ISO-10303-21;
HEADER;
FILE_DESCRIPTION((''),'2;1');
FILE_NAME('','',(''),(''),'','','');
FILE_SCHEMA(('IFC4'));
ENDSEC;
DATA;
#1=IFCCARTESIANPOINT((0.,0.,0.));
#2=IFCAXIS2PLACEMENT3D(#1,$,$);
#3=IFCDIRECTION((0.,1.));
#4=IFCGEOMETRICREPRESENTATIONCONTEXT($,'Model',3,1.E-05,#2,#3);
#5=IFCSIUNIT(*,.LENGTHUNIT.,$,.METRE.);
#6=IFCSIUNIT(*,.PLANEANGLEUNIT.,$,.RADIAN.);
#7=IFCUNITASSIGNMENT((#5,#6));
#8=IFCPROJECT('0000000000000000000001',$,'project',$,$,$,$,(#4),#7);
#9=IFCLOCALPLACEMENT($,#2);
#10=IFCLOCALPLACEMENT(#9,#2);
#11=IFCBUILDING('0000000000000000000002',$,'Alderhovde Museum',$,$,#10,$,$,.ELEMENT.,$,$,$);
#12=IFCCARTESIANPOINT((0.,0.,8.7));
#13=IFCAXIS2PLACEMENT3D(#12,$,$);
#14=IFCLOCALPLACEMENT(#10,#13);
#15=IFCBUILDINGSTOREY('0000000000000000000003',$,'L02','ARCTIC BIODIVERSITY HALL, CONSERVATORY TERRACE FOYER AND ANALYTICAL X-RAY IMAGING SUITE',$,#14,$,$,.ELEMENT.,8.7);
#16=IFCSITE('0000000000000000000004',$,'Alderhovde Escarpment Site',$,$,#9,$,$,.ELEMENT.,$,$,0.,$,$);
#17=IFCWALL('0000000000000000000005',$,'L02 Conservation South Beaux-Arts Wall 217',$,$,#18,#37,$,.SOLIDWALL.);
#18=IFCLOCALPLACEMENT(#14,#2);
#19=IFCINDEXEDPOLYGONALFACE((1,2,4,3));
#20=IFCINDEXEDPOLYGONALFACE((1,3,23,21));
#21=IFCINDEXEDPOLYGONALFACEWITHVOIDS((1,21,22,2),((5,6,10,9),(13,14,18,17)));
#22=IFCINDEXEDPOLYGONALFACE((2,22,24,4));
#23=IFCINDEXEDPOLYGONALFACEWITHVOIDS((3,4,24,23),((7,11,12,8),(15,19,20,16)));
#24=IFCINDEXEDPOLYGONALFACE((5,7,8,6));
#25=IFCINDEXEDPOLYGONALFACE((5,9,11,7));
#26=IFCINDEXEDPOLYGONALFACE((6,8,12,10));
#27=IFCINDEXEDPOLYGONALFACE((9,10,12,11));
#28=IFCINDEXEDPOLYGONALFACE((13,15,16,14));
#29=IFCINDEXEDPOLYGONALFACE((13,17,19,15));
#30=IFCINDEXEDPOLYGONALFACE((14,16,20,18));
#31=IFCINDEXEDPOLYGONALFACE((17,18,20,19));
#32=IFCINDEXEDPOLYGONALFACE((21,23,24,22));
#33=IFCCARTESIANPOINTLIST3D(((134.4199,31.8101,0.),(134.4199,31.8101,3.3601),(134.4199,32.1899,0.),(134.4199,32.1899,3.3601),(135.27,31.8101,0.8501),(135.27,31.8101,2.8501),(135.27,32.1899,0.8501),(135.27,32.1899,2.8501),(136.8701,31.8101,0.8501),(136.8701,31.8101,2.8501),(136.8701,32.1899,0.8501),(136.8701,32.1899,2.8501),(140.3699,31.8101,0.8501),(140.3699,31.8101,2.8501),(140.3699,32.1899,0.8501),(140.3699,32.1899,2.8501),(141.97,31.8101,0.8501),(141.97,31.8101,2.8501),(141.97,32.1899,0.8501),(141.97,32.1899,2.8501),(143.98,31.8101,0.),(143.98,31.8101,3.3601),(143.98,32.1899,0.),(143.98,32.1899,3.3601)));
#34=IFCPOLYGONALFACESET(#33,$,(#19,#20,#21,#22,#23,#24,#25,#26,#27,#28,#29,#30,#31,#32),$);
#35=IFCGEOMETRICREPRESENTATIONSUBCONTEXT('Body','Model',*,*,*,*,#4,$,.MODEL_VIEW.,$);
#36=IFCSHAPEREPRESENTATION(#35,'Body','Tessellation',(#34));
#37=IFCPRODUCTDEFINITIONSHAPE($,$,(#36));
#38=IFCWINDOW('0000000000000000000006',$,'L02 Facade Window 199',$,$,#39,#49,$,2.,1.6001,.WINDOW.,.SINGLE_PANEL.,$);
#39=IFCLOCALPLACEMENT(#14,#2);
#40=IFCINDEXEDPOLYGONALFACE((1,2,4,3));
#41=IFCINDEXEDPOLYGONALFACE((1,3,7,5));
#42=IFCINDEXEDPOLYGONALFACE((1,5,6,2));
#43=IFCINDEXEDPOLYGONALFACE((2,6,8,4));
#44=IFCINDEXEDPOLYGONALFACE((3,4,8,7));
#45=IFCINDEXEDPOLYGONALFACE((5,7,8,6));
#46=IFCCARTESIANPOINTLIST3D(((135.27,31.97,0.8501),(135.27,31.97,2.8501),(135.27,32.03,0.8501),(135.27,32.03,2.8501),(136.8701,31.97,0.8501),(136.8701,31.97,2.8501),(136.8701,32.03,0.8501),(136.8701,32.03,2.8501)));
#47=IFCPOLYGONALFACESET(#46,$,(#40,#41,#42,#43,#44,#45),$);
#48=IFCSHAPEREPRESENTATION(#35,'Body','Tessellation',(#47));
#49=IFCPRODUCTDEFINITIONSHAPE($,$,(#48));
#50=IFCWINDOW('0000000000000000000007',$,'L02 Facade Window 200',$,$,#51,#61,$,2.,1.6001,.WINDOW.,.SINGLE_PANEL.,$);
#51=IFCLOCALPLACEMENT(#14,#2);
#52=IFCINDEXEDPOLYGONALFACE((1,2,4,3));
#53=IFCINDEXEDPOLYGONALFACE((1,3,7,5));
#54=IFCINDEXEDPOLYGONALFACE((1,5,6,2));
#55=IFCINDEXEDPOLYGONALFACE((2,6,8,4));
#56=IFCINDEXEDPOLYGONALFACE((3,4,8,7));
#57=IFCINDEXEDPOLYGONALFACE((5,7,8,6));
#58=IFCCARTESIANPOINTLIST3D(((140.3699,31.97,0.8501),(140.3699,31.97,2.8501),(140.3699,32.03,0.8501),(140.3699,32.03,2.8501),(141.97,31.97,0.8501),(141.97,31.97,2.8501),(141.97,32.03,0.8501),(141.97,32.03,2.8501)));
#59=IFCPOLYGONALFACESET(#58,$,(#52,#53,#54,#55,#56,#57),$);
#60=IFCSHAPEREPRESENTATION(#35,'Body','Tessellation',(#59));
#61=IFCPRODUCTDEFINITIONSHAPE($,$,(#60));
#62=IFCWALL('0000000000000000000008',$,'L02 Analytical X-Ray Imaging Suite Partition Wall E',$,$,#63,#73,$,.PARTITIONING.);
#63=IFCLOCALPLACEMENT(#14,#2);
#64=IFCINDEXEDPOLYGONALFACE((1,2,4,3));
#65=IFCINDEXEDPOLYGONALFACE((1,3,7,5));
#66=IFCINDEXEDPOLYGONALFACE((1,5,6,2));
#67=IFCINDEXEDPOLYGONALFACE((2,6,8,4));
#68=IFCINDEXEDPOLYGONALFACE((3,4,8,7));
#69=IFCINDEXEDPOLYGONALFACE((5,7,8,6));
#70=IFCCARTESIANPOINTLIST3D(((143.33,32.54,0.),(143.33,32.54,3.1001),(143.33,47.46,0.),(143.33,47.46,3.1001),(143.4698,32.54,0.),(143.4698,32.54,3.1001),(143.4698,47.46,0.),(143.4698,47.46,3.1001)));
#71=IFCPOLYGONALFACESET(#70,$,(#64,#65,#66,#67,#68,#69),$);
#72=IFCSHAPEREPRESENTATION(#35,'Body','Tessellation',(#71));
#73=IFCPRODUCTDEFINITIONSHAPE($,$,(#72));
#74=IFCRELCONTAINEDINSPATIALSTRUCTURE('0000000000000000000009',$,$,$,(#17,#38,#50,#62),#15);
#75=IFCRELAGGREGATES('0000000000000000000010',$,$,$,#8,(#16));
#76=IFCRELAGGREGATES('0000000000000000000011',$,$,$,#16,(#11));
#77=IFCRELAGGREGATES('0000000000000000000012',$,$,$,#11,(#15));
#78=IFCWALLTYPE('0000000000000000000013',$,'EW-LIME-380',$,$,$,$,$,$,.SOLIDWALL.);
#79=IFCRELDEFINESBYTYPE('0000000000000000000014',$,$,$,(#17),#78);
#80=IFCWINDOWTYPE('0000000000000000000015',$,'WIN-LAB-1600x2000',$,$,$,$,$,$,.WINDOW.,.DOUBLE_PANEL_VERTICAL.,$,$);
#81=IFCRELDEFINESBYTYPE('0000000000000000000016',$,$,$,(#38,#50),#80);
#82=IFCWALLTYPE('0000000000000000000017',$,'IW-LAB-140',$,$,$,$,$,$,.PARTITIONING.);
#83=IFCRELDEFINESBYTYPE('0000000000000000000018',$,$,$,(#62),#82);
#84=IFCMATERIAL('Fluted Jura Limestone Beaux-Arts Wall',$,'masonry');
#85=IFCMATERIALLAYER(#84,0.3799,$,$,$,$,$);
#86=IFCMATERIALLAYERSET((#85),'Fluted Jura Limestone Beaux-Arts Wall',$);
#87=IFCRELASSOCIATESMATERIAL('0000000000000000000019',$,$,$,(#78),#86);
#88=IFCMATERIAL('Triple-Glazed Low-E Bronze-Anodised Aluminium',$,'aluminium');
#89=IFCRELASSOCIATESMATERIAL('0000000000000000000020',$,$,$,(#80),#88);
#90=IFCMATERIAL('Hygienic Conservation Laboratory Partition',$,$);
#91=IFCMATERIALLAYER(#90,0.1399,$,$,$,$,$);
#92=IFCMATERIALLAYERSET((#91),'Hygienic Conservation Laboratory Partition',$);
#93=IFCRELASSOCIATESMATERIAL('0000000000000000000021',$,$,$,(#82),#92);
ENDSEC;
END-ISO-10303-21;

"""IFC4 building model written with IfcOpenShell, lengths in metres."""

from ifc_helpers import new_model, si_unit, direction, frame, frame_2d, origin, place, context, subcontext, project, spatial, rectangle, extrude, material, layer, layer_set, type_object, element, fill, save


model = new_model("IFC4")

# Units and contexts
model_context = context("Model", 3, precision=1e-05, world=origin(), true_north=direction((0.0, 1.0)))
body_context = subcontext(model_context, "Body", "Model", "MODEL_VIEW")
ifc_project = project(units=[si_unit("LENGTHUNIT", "METRE"), si_unit("PLANEANGLEUNIT", "RADIAN")], contexts=[model_context])

# Site, building, storey
site_placement = place(None, origin())
site = spatial("IfcSite", under=ifc_project, at=site_placement, Name="Alderhovde Escarpment Site", CompositionType="ELEMENT", RefElevation=0.0)
building_placement = place(site_placement, origin())
building = spatial("IfcBuilding", under=site, at=building_placement, Name="Alderhovde Museum", CompositionType="ELEMENT")
storey_placement = place(building_placement, frame((0.0, 0.0, 8.7)))
storey = spatial("IfcBuildingStorey", under=building, at=storey_placement, Name="L02", Description="ARCTIC BIODIVERSITY HALL, CONSERVATORY TERRACE FOYER AND ANALYTICAL X-RAY IMAGING SUITE", CompositionType="ELEMENT", Elevation=8.7)

# Wall, openings, windows
ifc_material_1 = material(Name="Fluted Jura Limestone Beaux-Arts Wall", Category="masonry")
ifc_layer_1 = layer(ifc_material_1, 0.3799)
ifc_layer_set_1 = layer_set([ifc_layer_1], Name="Fluted Jura Limestone Beaux-Arts Wall")
wall_type_1 = type_object("IfcWallType", Name="EW-LIME-380", PredefinedType="SOLIDWALL", material=ifc_layer_set_1)
wall_1_placement = place(storey_placement, frame((134.4199, 32.0, 0.0), z_axis=(0.0, 0.0, 1.0), x_axis=(1.0, 0.0, 0.0)))
wall_1 = element("IfcWall", 1, at=wall_1_placement, inside=storey, type_object=wall_type_1, Name="L02 Conservation South Beaux-Arts Wall 217", PredefinedType="SOLIDWALL", context=body_context, shape_type="SweptSolid", body=[
    extrude(rectangle(XDim=9.5601, YDim=0.3799, at=frame_2d((4.78, 0.0))), origin(), (0.0, 0.0, 1.0), 3.3601),
])
opening_1_placement = place(wall_1_placement, frame((0.8501, 0.0, 0.8501)))
opening_1 = element("IfcOpeningElement", 2, at=opening_1_placement, cuts=wall_1, PredefinedType="OPENING", context=body_context, shape_type="SweptSolid", body=[
    extrude(rectangle(XDim=1.6001, YDim=2.0, at=frame_2d((0.8, 1.0))), frame((0.0, 0.2, 0.0), z_axis=(0.0, -1.0, 0.0), x_axis=(1.0, 0.0, 0.0)), (0.0, 0.0, 1.0), 0.3999),
])
opening_2_placement = place(wall_1_placement, frame((5.95, 0.0, 0.8501)))
opening_2 = element("IfcOpeningElement", 3, at=opening_2_placement, cuts=wall_1, PredefinedType="OPENING", context=body_context, shape_type="SweptSolid", body=[
    extrude(rectangle(XDim=1.6001, YDim=2.0, at=frame_2d((0.8, 1.0))), frame((0.0, 0.2, 0.0), z_axis=(0.0, -1.0, 0.0), x_axis=(1.0, 0.0, 0.0)), (0.0, 0.0, 1.0), 0.3999),
])
ifc_material_2 = material(Name="Triple-Glazed Low-E Bronze-Anodised Aluminium", Category="aluminium")
window_type = type_object("IfcWindowType", Name="WIN-LAB-1600x2000", PartitioningType="DOUBLE_PANEL_VERTICAL", PredefinedType="WINDOW", material=ifc_material_2)
window_1_placement = place(opening_1_placement, origin())
window_1 = element("IfcWindow", 4, at=window_1_placement, inside=storey, type_object=window_type, Name="L02 Facade Window 199", OverallHeight=2.0, OverallWidth=1.6001, PartitioningType="SINGLE_PANEL", PredefinedType="WINDOW", context=body_context, shape_type="SweptSolid", body=[
    extrude(rectangle(XDim=1.6001, YDim=2.0, at=frame_2d((0.8, 1.0))), frame((0.0, 0.03, 0.0), z_axis=(0.0, -1.0, 0.0), x_axis=(1.0, 0.0, 0.0)), (0.0, 0.0, 1.0), 0.0601),
])
fill(opening_1, window_1)
window_2_placement = place(opening_2_placement, origin())
window_2 = element("IfcWindow", 5, at=window_2_placement, inside=storey, type_object=window_type, Name="L02 Facade Window 200", OverallHeight=2.0, OverallWidth=1.6001, PartitioningType="SINGLE_PANEL", PredefinedType="WINDOW", context=body_context, shape_type="SweptSolid", body=[
    extrude(rectangle(XDim=1.6001, YDim=2.0, at=frame_2d((0.8, 1.0))), frame((0.0, 0.03, 0.0), z_axis=(0.0, -1.0, 0.0), x_axis=(1.0, 0.0, 0.0)), (0.0, 0.0, 1.0), 0.0601),
])
fill(opening_2, window_2)

# Wall
ifc_material_3 = material(Name="Hygienic Conservation Laboratory Partition")
ifc_layer_2 = layer(ifc_material_3, 0.1399)
ifc_layer_set_2 = layer_set([ifc_layer_2], Name="Hygienic Conservation Laboratory Partition")
wall_type_2 = type_object("IfcWallType", Name="IW-LAB-140", PredefinedType="PARTITIONING", material=ifc_layer_set_2)
wall_2_placement = place(storey_placement, frame((143.3999, 32.54, 0.0), z_axis=(0.0, 0.0, 1.0), x_axis=(0.0, 1.0, 0.0)))
element("IfcWall", 6, at=wall_2_placement, inside=storey, type_object=wall_type_2, Name="L02 Analytical X-Ray Imaging Suite Partition Wall E", PredefinedType="PARTITIONING", context=body_context, shape_type="SweptSolid", body=[
    extrude(rectangle(XDim=14.9199, YDim=0.1399, at=frame_2d((7.46, 0.0))), origin(), (0.0, 0.0, 1.0), 3.1001),
])

save(model, "model.ifc")
